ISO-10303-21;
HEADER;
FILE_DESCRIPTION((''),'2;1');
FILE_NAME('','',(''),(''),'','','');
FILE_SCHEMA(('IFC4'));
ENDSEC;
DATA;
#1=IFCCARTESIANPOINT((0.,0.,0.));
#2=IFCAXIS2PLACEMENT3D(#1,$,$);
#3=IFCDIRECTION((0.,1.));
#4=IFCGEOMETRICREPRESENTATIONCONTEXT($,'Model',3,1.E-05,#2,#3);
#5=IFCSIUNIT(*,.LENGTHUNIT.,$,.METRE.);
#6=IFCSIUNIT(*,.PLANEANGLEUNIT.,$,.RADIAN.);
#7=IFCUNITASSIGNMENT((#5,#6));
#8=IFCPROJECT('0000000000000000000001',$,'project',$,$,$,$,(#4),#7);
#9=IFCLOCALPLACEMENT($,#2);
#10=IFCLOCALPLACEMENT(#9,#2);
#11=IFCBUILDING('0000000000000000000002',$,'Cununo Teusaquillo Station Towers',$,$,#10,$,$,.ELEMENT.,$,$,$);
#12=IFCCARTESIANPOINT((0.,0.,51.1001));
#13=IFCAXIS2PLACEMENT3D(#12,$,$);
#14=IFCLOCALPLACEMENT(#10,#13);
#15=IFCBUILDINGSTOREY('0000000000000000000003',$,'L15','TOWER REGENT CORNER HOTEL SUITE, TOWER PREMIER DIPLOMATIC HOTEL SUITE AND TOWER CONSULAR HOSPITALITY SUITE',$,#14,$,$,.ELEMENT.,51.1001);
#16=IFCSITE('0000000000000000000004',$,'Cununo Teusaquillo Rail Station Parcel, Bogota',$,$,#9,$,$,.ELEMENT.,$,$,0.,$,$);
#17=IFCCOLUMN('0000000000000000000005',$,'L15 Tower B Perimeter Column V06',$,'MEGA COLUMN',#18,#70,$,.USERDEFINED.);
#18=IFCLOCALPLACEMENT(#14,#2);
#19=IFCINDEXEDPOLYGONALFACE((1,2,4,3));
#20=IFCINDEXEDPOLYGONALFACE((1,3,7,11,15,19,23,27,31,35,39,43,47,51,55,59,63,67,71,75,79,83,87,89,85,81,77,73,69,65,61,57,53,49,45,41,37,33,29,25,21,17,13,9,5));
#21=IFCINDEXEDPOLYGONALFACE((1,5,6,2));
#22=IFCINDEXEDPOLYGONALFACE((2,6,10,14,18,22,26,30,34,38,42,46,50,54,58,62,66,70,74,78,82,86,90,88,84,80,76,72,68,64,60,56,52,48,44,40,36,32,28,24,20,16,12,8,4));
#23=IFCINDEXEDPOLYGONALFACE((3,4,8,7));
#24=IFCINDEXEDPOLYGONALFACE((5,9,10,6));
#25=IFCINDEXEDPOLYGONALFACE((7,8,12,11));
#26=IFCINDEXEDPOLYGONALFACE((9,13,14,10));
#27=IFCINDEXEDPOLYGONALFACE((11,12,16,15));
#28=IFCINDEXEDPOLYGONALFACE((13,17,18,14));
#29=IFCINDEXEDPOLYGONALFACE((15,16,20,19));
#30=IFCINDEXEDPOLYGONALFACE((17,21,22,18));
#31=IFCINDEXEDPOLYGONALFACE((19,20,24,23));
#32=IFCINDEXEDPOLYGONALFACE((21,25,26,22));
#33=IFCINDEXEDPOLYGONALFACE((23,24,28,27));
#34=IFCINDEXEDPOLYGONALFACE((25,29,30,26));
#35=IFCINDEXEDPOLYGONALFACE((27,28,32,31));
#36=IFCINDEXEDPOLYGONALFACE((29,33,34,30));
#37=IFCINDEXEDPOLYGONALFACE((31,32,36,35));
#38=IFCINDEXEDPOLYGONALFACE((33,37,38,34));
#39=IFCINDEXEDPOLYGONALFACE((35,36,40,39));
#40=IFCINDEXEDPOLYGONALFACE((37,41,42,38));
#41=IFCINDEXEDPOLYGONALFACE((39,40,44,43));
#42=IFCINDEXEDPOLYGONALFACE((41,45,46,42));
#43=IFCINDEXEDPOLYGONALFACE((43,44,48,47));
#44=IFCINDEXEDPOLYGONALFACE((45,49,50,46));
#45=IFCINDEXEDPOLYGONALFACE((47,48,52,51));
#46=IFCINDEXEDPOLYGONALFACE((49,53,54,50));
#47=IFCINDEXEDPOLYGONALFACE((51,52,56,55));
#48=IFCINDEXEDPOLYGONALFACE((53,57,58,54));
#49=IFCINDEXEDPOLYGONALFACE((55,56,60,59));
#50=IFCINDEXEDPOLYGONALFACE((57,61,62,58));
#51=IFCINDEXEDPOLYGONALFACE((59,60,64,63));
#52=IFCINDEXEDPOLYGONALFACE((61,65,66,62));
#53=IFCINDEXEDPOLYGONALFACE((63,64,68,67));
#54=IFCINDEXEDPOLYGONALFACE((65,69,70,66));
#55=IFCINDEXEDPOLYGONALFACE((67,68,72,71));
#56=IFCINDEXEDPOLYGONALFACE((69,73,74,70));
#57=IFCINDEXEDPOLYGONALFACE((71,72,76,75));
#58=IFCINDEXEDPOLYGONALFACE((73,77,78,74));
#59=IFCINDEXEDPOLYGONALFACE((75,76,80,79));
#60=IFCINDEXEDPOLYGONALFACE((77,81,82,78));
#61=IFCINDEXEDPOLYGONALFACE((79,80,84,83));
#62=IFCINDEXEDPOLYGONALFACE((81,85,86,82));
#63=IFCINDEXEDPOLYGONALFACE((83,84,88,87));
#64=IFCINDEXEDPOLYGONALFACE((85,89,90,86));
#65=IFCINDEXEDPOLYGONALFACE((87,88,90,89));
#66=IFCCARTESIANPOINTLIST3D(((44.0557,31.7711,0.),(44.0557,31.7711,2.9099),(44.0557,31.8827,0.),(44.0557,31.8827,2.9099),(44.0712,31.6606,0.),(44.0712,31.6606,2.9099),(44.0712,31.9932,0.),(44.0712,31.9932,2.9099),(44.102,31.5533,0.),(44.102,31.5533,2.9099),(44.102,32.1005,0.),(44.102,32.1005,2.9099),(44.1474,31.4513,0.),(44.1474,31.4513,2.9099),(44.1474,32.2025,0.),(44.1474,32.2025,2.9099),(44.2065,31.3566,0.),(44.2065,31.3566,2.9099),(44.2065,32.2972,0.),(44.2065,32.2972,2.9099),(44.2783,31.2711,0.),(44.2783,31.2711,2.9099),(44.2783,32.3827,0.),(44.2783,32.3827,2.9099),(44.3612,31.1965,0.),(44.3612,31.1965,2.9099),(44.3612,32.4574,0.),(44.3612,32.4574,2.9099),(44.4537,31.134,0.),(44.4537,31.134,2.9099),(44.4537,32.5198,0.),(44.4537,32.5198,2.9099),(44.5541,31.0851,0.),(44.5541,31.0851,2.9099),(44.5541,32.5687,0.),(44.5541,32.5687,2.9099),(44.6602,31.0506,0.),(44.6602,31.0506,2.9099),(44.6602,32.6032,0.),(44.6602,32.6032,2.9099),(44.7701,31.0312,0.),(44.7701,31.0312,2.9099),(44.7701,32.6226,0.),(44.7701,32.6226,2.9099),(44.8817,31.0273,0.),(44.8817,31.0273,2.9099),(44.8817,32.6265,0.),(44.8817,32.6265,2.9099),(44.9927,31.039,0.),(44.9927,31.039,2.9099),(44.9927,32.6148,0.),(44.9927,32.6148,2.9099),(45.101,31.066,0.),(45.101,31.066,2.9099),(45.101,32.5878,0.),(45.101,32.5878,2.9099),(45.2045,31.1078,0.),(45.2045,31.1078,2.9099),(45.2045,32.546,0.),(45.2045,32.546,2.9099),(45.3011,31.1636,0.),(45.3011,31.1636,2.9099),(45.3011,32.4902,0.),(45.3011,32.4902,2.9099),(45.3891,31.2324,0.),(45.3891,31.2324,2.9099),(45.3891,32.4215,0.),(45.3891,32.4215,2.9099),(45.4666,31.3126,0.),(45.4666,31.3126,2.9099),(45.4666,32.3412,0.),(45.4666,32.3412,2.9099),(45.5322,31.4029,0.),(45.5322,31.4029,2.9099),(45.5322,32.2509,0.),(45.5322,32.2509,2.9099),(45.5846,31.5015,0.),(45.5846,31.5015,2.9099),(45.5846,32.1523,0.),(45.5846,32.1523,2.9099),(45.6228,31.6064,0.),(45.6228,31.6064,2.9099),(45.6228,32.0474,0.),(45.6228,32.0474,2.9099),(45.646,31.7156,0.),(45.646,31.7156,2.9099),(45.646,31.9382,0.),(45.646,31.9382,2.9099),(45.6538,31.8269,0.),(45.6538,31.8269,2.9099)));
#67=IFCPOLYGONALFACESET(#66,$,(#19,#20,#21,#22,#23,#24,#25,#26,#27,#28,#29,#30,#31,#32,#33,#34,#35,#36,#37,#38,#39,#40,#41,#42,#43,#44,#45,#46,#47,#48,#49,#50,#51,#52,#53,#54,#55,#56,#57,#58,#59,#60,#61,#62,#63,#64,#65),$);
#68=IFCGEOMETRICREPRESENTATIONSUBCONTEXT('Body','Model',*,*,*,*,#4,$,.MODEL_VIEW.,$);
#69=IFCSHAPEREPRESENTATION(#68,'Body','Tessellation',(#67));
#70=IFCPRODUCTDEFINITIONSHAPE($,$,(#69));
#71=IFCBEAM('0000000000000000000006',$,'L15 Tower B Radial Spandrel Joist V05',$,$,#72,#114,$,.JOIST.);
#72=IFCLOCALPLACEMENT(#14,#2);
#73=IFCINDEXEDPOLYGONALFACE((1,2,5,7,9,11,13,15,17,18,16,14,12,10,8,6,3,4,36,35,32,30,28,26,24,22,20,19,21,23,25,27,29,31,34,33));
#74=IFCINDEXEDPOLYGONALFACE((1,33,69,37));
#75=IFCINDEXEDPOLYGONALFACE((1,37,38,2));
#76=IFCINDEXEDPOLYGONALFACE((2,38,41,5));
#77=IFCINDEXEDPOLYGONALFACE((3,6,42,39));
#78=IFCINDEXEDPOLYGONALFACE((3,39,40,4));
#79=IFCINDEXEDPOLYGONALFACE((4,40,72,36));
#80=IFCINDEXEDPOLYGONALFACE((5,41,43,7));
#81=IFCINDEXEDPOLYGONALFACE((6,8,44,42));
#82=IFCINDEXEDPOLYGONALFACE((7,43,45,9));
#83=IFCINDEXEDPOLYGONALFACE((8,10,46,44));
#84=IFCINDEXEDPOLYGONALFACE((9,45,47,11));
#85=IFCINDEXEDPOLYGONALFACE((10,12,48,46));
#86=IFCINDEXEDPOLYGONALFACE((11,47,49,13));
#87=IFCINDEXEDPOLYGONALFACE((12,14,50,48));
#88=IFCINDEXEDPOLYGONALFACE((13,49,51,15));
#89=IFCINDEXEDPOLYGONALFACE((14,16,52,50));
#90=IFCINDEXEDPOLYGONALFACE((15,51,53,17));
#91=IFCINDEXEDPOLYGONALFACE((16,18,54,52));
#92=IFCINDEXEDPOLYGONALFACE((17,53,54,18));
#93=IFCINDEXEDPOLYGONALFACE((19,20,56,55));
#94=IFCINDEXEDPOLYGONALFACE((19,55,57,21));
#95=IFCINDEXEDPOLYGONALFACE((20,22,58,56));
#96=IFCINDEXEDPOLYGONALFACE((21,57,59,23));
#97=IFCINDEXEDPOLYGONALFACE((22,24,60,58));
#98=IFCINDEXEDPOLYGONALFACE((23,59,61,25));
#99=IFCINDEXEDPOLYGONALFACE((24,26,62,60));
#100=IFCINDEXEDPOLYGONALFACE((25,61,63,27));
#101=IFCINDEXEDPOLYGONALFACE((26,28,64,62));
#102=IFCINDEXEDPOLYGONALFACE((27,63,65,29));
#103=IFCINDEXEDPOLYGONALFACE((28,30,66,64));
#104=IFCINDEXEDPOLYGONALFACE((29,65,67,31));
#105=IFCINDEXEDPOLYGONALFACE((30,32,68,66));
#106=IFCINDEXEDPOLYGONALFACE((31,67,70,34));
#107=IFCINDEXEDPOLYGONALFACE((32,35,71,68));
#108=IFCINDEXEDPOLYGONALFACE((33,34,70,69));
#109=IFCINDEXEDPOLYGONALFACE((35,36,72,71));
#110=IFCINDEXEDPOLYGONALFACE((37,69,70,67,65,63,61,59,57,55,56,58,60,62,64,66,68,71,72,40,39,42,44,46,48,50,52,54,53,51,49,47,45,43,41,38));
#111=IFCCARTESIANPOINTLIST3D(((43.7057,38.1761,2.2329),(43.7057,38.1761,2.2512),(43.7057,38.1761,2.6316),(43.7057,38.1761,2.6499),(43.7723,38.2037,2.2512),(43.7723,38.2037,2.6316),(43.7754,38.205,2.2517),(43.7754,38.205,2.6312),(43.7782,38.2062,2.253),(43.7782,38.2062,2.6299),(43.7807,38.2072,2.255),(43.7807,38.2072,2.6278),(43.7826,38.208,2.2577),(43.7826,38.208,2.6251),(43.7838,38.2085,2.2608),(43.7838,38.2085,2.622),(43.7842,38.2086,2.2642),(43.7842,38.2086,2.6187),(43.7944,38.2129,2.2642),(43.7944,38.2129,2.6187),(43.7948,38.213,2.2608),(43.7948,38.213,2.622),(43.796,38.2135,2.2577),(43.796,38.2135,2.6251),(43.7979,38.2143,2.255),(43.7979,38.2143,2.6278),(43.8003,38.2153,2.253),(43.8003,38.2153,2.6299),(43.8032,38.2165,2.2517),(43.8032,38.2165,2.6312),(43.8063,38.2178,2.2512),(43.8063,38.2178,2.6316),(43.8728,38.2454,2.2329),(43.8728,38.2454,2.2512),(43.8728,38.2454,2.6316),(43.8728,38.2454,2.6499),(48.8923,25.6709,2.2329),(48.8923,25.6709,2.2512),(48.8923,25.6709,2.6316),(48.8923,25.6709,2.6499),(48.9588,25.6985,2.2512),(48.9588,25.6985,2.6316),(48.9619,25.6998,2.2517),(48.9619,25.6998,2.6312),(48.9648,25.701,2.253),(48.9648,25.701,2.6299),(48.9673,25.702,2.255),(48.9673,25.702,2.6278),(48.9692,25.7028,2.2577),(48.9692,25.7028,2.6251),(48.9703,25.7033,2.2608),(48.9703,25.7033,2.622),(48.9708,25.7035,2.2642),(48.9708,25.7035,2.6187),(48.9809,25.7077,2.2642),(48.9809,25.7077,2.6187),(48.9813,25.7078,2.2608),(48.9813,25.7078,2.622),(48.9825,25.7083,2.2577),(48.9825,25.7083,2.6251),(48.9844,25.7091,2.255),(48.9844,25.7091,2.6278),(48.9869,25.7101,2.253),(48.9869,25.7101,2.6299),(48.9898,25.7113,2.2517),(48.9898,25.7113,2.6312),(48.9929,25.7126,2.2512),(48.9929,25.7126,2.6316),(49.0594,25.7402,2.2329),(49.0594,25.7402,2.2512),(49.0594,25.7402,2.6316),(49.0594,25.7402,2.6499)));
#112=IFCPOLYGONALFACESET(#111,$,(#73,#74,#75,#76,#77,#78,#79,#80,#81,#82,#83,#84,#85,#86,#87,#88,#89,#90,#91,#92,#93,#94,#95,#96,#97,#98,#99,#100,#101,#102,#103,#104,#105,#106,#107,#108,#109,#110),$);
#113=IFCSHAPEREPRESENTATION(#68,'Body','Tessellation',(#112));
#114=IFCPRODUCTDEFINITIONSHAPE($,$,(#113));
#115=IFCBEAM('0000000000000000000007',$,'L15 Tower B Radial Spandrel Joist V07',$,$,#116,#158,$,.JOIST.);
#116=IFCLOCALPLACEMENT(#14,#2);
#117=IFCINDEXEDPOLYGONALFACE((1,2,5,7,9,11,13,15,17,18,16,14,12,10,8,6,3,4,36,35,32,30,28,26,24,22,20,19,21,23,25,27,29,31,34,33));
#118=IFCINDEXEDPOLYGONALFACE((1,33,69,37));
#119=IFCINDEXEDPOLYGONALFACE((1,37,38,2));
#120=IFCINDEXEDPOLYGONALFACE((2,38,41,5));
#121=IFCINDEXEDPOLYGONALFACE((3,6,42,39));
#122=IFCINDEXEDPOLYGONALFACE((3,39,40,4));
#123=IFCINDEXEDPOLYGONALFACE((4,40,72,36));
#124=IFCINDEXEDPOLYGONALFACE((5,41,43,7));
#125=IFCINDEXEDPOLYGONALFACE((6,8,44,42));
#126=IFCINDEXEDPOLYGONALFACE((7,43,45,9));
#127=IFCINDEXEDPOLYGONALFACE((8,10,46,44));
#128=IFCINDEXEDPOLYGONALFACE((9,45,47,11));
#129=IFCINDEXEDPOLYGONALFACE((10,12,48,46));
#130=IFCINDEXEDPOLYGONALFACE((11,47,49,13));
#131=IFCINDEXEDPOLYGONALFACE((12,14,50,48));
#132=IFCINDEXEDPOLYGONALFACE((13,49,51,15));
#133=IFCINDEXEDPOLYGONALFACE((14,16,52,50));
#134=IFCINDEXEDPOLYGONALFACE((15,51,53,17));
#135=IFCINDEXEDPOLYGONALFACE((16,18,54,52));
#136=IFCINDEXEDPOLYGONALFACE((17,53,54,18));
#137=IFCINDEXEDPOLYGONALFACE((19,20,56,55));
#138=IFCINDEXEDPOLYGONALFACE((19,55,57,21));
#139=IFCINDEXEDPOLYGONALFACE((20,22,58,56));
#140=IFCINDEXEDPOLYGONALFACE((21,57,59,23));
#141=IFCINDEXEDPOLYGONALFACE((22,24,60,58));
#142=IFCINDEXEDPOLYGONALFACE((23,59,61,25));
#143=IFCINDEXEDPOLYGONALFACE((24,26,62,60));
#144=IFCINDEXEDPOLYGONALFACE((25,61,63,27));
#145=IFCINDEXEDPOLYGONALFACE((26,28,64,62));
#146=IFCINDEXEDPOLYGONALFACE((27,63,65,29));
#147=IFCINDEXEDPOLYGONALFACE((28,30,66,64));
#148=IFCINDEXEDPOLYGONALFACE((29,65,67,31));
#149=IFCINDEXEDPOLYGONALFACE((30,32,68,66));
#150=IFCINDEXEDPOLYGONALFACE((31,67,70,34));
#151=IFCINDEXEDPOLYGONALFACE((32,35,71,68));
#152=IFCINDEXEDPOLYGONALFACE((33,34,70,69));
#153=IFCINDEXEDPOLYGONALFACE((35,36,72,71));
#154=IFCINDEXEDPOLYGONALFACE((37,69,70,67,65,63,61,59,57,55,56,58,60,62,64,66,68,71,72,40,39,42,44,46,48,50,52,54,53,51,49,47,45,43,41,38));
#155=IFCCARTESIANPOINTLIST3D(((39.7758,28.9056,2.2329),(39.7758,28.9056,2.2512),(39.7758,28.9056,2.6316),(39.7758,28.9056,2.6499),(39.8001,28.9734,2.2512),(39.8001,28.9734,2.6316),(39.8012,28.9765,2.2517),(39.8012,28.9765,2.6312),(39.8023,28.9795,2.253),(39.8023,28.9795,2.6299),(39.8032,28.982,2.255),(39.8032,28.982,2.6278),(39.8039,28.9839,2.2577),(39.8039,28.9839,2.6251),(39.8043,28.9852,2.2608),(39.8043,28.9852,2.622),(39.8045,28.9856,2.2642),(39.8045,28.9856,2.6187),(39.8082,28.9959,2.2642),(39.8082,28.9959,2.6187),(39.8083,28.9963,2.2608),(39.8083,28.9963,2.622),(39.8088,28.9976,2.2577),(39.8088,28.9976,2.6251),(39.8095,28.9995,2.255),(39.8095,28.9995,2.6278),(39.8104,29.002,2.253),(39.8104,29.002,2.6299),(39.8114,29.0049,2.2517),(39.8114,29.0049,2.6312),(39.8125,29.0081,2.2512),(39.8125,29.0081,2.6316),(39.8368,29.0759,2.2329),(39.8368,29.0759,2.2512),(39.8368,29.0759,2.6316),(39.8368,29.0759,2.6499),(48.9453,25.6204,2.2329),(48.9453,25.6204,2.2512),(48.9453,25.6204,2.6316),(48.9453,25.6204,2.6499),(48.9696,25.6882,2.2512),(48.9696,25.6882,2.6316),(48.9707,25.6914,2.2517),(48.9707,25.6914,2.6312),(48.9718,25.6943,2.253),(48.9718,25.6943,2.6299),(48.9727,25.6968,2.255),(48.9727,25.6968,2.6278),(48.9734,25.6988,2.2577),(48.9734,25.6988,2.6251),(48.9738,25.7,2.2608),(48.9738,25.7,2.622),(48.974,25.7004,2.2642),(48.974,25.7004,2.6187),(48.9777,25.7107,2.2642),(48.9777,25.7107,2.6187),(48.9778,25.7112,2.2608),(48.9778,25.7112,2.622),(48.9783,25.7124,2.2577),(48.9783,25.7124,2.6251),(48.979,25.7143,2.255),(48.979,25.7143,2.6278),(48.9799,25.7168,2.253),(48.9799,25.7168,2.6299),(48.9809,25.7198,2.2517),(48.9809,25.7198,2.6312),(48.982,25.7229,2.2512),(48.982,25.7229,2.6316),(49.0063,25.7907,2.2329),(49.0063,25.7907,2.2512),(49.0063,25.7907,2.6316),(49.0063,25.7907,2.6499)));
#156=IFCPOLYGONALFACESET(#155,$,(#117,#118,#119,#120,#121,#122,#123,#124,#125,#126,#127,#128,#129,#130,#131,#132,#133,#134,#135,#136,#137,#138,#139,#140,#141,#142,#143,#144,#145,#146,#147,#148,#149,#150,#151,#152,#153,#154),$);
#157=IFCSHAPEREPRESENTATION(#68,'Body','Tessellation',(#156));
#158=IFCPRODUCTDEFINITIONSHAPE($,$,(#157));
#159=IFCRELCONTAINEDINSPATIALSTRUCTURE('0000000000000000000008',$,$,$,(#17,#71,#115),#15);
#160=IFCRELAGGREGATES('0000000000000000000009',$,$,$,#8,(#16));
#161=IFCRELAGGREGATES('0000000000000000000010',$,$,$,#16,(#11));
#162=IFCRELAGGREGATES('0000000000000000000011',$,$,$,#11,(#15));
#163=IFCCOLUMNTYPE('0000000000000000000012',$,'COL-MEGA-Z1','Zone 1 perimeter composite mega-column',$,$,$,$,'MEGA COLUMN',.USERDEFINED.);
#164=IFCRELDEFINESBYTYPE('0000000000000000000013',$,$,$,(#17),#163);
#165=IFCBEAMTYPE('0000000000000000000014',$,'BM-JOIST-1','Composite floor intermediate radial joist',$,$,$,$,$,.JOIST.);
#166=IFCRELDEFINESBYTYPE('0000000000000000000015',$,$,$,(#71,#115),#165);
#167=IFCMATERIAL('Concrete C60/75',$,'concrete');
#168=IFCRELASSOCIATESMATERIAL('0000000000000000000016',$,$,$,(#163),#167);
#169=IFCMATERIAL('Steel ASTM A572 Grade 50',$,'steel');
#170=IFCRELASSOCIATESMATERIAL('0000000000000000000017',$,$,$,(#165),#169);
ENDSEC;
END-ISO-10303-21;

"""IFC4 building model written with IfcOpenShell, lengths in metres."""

from ifc_helpers import new_model, si_unit, direction, frame, origin, origin_2d, place, context, subcontext, project, spatial, circle, i_section, extrude, material, material_profile, profile_set, type_object, element, save


model = new_model("IFC4")

# Units and contexts
model_context = context("Model", 3, precision=1e-05, world=origin(), true_north=direction((0.0, 1.0)))
body_context = subcontext(model_context, "Body", "Model", "MODEL_VIEW")
ifc_project = project(units=[si_unit("LENGTHUNIT", "METRE"), si_unit("PLANEANGLEUNIT", "RADIAN")], contexts=[model_context])

# Site, building, storey
site_placement = place(None, origin())
site = spatial("IfcSite", under=ifc_project, at=site_placement, Name="Cununo Teusaquillo Rail Station Parcel, Bogota", CompositionType="ELEMENT", RefElevation=0.0)
building_placement = place(site_placement, origin())
building = spatial("IfcBuilding", under=site, at=building_placement, Name="Cununo Teusaquillo Station Towers", CompositionType="ELEMENT")
storey_placement = place(building_placement, frame((0.0, 0.0, 51.1001)))
storey = spatial("IfcBuildingStorey", under=building, at=storey_placement, Name="L15", Description="TOWER REGENT CORNER HOTEL SUITE, TOWER PREMIER DIPLOMATIC HOTEL SUITE AND TOWER CONSULAR HOSPITALITY SUITE", CompositionType="ELEMENT", Elevation=51.1001)

# Column
ifc_material_1 = material(Name="Concrete C60/75", Category="concrete")
ifc_material_profile_1 = material_profile(ifc_material_1, circle(Radius=0.8, at=origin_2d()), Name="RC-CIRC-1600")
ifc_profile_set_1 = profile_set([ifc_material_profile_1], Name="Concrete C60/75")
column_type = type_object("IfcColumnType", Name="COL-MEGA-Z1", Description="Zone 1 perimeter composite mega-column", ElementType="MEGA COLUMN", PredefinedType="USERDEFINED", material=ifc_profile_set_1)
column_placement = place(storey_placement, frame((44.8538, 31.8269, 0.0), z_axis=(0.0, 0.0, 1.0), x_axis=(1.0, 0.0, 0.0)))
element("IfcColumn", 1, at=column_placement, inside=storey, type_object=column_type, Name="L15 Tower B Perimeter Column V06", ObjectType="MEGA COLUMN", PredefinedType="USERDEFINED", context=body_context, shape_type="SweptSolid", body=[
    extrude(circle(Radius=0.8, at=origin_2d()), origin(), (0.0, 0.0, 1.0), 2.9099),
])

# Beams
ifc_material_2 = material(Name="Steel ASTM A572 Grade 50", Category="steel")
ifc_material_profile_2 = material_profile(ifc_material_2, i_section(OverallWidth=0.1809, OverallDepth=0.417, WebThickness=0.011, FlangeThickness=0.0183, FilletRadius=0.0129, at=origin_2d()), Name="W16X57")
ifc_profile_set_2 = profile_set([ifc_material_profile_2], Name="Steel ASTM A572 Grade 50")
beam_type_1 = type_object("IfcBeamType", Name="BM-JOIST-1", Description="Composite floor intermediate radial joist", PredefinedType="JOIST", material=ifc_profile_set_2)
beam_1_placement = place(storey_placement, frame((48.9758, 25.7056, 2.4414), z_axis=(-0.383108, 0.923704, 0.0), x_axis=(-0.923704, -0.383108, 0.0)))
element("IfcBeam", 2, at=beam_1_placement, inside=storey, type_object=beam_type_1, Name="L15 Tower B Radial Spandrel Joist V05", PredefinedType="JOIST", context=body_context, shape_type="SweptSolid", body=[
    extrude(i_section(OverallWidth=0.1809, OverallDepth=0.417, WebThickness=0.011, FlangeThickness=0.0183, FilletRadius=0.0129, at=origin_2d()), origin(), (0.0, 0.0, 1.0), 13.5381),
])
beam_2_placement = place(storey_placement, frame((48.9758, 25.7056, 2.4414), z_axis=(-0.941405, 0.337279, 0.0), x_axis=(-0.337279, -0.941405, 0.0)))
element("IfcBeam", 3, at=beam_2_placement, inside=storey, type_object=beam_type_1, Name="L15 Tower B Radial Spandrel Joist V07", PredefinedType="JOIST", context=body_context, shape_type="SweptSolid", body=[
    extrude(i_section(OverallWidth=0.1809, OverallDepth=0.417, WebThickness=0.011, FlangeThickness=0.0183, FilletRadius=0.0129, at=origin_2d()), origin(), (0.0, 0.0, 1.0), 9.7402),
])

save(model, "model.ifc")
